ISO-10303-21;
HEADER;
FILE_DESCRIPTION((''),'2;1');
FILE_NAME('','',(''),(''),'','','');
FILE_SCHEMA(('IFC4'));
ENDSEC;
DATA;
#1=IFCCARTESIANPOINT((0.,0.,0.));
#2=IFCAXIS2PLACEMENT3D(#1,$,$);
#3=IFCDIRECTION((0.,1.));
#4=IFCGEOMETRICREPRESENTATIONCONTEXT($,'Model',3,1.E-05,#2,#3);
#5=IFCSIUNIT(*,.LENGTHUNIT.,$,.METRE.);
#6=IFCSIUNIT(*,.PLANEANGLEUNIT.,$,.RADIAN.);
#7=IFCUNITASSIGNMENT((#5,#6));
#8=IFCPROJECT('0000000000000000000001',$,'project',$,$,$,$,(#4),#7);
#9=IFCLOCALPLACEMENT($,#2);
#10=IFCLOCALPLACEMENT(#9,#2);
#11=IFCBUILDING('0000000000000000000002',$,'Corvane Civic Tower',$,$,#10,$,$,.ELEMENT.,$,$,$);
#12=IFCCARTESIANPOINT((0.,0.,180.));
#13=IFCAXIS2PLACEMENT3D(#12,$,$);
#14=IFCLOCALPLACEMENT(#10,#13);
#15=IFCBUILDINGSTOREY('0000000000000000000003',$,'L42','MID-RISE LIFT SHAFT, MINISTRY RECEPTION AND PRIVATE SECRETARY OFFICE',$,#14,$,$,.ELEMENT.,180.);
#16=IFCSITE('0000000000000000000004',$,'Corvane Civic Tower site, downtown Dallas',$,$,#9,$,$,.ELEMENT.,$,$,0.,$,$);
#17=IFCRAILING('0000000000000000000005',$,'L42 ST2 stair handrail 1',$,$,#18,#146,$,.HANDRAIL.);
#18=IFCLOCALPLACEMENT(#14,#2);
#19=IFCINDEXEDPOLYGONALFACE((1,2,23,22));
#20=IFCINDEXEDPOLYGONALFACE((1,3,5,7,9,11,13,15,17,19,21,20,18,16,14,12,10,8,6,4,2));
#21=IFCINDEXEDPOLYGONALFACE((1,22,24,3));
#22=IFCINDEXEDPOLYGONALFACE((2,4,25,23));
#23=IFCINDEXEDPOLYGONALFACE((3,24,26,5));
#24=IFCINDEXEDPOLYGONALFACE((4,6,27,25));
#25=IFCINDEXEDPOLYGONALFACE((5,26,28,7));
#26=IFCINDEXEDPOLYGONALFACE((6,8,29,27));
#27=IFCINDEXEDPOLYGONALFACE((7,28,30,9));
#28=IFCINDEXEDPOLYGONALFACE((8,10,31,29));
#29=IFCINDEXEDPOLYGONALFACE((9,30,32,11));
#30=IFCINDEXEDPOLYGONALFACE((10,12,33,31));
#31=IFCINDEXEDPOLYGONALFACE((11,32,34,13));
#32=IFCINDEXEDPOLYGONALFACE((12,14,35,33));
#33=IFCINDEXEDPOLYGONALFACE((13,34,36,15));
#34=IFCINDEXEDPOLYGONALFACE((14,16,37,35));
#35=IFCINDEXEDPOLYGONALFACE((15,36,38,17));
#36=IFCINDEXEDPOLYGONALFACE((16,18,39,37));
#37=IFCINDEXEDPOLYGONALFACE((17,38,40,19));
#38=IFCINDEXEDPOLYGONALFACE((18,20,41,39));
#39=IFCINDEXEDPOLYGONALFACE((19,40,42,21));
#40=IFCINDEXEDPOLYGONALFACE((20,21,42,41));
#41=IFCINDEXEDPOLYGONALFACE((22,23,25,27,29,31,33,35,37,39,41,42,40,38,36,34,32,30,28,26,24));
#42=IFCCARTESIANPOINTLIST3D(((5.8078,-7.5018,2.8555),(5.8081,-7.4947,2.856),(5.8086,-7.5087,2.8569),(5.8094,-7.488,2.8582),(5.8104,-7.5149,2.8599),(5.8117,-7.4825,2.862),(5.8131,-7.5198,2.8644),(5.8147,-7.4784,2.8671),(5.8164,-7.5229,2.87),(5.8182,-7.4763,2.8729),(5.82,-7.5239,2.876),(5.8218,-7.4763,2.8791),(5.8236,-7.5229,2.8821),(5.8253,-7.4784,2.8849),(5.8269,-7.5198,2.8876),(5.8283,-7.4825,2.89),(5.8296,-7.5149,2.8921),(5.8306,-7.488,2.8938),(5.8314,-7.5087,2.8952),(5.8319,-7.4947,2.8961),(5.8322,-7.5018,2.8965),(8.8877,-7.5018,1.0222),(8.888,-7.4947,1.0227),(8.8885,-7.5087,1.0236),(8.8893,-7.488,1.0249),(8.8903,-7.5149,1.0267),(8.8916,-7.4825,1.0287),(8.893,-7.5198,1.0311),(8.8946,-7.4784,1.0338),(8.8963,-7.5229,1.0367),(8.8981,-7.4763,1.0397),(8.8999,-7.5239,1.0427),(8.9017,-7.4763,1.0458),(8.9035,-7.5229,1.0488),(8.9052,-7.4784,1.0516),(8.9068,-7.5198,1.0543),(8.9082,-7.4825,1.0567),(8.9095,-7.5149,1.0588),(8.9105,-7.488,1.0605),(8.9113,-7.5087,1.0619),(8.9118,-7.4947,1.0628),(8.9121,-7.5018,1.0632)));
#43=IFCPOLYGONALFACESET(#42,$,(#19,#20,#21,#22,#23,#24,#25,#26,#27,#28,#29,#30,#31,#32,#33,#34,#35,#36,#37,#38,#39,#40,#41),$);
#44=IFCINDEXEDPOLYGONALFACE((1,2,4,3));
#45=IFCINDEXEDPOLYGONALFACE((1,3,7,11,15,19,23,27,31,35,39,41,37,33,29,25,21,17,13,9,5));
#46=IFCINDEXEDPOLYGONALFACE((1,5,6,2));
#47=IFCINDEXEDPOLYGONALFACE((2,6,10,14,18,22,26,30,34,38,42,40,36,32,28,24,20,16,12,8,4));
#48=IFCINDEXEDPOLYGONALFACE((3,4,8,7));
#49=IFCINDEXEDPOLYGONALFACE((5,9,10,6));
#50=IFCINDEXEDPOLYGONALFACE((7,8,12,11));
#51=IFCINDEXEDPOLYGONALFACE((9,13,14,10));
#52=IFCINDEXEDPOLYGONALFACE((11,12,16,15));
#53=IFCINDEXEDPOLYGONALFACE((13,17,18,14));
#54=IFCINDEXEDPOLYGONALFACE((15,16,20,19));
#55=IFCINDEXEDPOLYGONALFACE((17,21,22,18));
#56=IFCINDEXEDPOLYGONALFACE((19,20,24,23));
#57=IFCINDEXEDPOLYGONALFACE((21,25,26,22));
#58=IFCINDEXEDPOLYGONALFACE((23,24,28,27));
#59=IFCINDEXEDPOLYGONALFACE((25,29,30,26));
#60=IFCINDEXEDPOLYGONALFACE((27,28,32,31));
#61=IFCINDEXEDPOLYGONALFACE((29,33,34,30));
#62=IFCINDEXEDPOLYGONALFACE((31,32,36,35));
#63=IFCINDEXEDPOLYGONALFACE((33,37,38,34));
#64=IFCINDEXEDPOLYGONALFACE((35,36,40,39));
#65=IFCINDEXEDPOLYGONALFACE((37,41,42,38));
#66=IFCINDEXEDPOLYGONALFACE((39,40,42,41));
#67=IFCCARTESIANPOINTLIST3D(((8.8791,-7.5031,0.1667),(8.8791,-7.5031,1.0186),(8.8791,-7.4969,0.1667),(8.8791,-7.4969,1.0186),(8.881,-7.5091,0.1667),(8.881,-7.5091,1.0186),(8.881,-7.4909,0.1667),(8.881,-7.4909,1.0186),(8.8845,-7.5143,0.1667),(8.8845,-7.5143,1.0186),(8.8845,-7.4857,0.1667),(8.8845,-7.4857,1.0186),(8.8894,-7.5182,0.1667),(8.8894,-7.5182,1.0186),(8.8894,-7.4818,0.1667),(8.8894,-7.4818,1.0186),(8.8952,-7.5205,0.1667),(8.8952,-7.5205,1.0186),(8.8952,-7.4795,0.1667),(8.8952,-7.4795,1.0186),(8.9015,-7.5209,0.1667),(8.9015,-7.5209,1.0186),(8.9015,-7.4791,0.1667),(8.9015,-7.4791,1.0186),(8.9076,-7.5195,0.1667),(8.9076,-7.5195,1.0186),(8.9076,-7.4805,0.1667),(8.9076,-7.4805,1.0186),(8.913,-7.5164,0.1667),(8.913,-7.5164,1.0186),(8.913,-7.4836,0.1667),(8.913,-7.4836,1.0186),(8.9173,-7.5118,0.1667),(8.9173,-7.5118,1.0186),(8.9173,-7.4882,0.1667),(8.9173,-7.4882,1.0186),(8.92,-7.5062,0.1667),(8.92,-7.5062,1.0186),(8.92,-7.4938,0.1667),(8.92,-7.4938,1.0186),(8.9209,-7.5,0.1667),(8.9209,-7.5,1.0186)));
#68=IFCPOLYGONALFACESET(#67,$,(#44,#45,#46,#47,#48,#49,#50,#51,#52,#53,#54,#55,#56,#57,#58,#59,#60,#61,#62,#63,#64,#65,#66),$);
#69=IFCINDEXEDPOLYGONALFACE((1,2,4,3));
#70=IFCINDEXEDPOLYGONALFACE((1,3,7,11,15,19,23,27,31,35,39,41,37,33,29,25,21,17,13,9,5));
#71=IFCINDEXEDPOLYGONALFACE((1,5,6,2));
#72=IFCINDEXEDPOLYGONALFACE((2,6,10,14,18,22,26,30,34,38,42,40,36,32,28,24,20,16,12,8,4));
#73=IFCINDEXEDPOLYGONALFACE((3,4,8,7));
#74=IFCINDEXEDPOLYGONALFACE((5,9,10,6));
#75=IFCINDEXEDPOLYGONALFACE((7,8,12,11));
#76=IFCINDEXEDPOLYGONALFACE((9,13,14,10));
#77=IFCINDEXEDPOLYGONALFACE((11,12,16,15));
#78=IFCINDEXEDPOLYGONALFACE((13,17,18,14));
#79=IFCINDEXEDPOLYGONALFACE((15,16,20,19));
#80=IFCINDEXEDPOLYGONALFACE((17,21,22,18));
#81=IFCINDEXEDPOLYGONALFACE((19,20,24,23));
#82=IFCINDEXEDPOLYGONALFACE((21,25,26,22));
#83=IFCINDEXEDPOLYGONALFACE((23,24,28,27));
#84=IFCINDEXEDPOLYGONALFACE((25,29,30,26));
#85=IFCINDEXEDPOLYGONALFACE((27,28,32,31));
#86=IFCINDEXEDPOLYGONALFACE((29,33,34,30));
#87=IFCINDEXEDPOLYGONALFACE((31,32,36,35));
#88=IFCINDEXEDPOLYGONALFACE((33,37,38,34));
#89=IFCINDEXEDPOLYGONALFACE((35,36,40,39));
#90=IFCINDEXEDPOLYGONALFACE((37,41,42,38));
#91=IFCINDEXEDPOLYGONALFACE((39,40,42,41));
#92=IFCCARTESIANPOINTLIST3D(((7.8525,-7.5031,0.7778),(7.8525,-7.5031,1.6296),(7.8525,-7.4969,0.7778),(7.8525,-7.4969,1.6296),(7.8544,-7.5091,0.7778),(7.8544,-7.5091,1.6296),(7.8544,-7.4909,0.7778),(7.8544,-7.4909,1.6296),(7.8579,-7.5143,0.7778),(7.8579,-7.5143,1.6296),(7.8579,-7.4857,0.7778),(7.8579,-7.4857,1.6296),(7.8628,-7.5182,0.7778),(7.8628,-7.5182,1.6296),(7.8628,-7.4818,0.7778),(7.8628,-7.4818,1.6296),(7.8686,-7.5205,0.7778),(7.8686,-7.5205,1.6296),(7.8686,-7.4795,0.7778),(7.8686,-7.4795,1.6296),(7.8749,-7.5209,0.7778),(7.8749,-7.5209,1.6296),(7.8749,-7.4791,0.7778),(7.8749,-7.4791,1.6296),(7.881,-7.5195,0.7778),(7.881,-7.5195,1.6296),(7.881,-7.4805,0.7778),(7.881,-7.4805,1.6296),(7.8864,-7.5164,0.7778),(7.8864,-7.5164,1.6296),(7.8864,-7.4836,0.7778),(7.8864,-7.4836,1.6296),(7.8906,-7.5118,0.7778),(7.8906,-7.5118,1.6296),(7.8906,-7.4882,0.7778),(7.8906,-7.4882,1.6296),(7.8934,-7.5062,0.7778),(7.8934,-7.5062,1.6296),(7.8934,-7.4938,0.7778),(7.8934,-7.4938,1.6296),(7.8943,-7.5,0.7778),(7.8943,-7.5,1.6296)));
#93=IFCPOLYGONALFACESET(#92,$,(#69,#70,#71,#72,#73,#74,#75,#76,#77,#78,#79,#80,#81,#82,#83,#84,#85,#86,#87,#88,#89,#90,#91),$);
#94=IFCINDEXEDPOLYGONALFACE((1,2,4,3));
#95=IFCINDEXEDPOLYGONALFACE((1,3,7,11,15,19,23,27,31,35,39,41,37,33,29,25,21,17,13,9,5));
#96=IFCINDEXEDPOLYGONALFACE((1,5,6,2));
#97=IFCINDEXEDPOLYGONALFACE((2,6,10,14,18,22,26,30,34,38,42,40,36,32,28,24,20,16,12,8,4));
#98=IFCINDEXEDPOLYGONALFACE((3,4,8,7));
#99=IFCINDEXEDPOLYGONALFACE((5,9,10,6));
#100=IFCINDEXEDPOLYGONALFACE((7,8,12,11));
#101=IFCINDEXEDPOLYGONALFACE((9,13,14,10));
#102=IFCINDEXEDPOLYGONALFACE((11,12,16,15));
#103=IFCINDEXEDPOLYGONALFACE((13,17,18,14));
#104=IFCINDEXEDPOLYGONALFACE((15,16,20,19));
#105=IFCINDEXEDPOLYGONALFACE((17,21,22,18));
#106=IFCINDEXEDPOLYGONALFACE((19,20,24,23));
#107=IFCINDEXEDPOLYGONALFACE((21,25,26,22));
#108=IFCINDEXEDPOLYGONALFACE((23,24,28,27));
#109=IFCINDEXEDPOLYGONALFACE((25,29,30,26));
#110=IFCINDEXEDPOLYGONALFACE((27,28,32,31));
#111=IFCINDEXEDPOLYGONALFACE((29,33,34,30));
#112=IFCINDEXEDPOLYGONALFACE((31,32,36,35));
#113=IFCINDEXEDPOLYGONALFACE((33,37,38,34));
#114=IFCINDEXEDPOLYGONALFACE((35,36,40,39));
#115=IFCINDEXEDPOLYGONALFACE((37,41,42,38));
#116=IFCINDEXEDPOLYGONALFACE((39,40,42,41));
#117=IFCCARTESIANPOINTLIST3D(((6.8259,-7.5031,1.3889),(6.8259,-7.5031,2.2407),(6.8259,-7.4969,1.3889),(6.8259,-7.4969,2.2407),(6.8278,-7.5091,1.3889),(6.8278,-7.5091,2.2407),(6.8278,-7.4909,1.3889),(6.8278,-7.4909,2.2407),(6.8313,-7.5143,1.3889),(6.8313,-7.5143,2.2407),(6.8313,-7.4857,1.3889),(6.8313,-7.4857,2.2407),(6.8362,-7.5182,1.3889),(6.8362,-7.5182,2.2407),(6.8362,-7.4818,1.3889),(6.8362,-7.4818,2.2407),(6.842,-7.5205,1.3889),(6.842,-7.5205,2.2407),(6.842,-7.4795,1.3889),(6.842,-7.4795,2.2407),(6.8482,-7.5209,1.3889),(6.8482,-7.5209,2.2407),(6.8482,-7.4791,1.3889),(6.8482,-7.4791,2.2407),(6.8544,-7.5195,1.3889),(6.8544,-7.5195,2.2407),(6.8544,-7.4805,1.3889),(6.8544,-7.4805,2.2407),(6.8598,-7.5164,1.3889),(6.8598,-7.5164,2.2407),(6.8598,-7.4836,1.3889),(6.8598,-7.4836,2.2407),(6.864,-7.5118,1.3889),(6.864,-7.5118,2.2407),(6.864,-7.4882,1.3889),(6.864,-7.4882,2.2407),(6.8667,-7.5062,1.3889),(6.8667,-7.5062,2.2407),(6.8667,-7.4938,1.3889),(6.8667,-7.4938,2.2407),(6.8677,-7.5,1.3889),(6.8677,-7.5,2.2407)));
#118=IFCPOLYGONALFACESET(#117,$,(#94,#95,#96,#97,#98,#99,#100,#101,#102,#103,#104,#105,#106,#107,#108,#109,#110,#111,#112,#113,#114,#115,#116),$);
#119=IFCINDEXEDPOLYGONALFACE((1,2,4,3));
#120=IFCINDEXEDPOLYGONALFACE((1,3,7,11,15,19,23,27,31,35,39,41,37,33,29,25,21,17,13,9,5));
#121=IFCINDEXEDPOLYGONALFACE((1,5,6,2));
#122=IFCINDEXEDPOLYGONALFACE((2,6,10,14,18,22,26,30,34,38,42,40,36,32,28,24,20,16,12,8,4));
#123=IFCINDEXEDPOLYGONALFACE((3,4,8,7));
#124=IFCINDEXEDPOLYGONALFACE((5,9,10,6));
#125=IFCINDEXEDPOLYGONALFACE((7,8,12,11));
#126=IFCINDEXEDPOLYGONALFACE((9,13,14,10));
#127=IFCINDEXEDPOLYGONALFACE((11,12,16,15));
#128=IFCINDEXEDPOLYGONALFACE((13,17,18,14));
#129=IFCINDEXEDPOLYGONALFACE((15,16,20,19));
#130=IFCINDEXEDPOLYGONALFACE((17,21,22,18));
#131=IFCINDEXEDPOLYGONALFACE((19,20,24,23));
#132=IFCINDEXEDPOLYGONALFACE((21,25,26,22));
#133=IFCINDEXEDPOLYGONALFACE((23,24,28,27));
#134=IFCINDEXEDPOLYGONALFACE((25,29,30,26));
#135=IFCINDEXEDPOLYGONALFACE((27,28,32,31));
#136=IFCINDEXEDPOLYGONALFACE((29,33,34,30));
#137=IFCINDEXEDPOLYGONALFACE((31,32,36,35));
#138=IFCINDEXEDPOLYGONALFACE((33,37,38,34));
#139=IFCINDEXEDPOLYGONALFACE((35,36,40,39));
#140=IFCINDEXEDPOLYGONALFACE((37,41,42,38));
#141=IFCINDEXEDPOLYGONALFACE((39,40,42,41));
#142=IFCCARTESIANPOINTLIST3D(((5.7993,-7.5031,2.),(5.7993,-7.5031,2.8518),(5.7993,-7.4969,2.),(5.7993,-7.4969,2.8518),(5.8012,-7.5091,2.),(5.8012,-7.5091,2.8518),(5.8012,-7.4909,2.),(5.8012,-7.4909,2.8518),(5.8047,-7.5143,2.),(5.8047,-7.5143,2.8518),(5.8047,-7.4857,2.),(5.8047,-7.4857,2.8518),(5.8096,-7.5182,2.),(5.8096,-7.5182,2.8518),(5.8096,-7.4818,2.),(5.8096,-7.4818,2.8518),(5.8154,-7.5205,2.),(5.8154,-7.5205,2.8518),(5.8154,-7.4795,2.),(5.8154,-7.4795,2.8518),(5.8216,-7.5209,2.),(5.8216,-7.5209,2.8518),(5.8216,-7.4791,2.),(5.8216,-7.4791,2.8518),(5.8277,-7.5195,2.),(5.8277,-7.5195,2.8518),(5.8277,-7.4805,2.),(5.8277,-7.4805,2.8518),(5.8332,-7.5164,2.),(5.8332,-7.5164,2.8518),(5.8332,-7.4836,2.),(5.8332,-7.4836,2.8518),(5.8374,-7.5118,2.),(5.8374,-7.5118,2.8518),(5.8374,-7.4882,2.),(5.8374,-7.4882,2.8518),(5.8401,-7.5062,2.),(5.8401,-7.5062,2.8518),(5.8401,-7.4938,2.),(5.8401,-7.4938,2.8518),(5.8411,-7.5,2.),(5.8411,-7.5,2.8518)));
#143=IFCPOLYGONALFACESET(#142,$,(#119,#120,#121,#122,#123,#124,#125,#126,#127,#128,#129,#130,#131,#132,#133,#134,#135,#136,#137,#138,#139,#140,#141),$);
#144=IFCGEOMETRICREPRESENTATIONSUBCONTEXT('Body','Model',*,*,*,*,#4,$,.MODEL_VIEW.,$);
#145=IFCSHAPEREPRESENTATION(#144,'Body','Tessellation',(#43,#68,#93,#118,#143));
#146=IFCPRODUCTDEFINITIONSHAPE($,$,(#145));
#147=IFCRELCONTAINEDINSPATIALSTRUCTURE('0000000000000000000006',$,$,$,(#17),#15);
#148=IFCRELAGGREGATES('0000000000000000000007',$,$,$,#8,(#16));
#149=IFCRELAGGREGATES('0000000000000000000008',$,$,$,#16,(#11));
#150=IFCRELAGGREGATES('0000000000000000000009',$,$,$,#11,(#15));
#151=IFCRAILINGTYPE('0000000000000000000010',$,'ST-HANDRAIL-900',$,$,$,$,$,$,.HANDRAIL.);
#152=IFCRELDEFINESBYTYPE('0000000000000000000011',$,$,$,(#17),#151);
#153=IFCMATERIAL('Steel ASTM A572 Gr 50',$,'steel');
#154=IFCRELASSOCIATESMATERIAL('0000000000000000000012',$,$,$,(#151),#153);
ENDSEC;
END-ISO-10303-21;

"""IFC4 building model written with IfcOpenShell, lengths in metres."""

from ifc_helpers import new_model, si_unit, direction, frame, origin, origin_2d, place, context, subcontext, project, spatial, circle, extrude, material, type_object, element, save


model = new_model("IFC4")

# Units and contexts
model_context = context("Model", 3, precision=1e-05, world=origin(), true_north=direction((0.0, 1.0)))
body_context = subcontext(model_context, "Body", "Model", "MODEL_VIEW")
ifc_project = project(units=[si_unit("LENGTHUNIT", "METRE"), si_unit("PLANEANGLEUNIT", "RADIAN")], contexts=[model_context])

# Site, building, storey
site_placement = place(None, origin())
site = spatial("IfcSite", under=ifc_project, at=site_placement, Name="Corvane Civic Tower site, downtown Dallas", CompositionType="ELEMENT", RefElevation=0.0)
building_placement = place(site_placement, origin())
building = spatial("IfcBuilding", under=site, at=building_placement, Name="Corvane Civic Tower", CompositionType="ELEMENT")
storey_placement = place(building_placement, frame((0.0, 0.0, 180.0)))
storey = spatial("IfcBuildingStorey", under=building, at=storey_placement, Name="L42", Description="MID-RISE LIFT SHAFT, MINISTRY RECEPTION AND PRIVATE SECRETARY OFFICE", CompositionType="ELEMENT", Elevation=180.0)

# Railing
ifc_material_1 = material(Name="Steel ASTM A572 Gr 50", Category="steel")
railing_type_1 = type_object("IfcRailingType", Name="ST-HANDRAIL-900", PredefinedType="HANDRAIL", material=ifc_material_1)
railing_1_placement = place(storey_placement, frame((8.8999, -7.5, 0.1667)))
element("IfcRailing", 1, at=railing_1_placement, inside=storey, type_object=railing_type_1, Name="L42 ST2 stair handrail 1", PredefinedType="HANDRAIL", context=body_context, shape_type="SweptSolid", body=[
    extrude(circle(Radius=0.0239, at=origin_2d()), frame((0.0, 0.0, 0.876), z_axis=(-0.859291, 0.0, 0.511487), x_axis=(0.0, -1.0, 0.0)), (0.0, 0.0, 1.0), 3.5842),
    extrude(circle(Radius=0.021, at=origin_2d()), origin(), (0.0, 0.0, 1.0), 0.8518),
    extrude(circle(Radius=0.021, at=origin_2d()), frame((-1.0266, 0.0, 0.6111)), (0.0, 0.0, 1.0), 0.8518),
    extrude(circle(Radius=0.021, at=origin_2d()), frame((-2.0532, 0.0, 1.2222)), (0.0, 0.0, 1.0), 0.8518),
    extrude(circle(Radius=0.021, at=origin_2d()), frame((-3.0798, 0.0, 1.8333)), (0.0, 0.0, 1.0), 0.8518),
])

save(model, "model.ifc")
